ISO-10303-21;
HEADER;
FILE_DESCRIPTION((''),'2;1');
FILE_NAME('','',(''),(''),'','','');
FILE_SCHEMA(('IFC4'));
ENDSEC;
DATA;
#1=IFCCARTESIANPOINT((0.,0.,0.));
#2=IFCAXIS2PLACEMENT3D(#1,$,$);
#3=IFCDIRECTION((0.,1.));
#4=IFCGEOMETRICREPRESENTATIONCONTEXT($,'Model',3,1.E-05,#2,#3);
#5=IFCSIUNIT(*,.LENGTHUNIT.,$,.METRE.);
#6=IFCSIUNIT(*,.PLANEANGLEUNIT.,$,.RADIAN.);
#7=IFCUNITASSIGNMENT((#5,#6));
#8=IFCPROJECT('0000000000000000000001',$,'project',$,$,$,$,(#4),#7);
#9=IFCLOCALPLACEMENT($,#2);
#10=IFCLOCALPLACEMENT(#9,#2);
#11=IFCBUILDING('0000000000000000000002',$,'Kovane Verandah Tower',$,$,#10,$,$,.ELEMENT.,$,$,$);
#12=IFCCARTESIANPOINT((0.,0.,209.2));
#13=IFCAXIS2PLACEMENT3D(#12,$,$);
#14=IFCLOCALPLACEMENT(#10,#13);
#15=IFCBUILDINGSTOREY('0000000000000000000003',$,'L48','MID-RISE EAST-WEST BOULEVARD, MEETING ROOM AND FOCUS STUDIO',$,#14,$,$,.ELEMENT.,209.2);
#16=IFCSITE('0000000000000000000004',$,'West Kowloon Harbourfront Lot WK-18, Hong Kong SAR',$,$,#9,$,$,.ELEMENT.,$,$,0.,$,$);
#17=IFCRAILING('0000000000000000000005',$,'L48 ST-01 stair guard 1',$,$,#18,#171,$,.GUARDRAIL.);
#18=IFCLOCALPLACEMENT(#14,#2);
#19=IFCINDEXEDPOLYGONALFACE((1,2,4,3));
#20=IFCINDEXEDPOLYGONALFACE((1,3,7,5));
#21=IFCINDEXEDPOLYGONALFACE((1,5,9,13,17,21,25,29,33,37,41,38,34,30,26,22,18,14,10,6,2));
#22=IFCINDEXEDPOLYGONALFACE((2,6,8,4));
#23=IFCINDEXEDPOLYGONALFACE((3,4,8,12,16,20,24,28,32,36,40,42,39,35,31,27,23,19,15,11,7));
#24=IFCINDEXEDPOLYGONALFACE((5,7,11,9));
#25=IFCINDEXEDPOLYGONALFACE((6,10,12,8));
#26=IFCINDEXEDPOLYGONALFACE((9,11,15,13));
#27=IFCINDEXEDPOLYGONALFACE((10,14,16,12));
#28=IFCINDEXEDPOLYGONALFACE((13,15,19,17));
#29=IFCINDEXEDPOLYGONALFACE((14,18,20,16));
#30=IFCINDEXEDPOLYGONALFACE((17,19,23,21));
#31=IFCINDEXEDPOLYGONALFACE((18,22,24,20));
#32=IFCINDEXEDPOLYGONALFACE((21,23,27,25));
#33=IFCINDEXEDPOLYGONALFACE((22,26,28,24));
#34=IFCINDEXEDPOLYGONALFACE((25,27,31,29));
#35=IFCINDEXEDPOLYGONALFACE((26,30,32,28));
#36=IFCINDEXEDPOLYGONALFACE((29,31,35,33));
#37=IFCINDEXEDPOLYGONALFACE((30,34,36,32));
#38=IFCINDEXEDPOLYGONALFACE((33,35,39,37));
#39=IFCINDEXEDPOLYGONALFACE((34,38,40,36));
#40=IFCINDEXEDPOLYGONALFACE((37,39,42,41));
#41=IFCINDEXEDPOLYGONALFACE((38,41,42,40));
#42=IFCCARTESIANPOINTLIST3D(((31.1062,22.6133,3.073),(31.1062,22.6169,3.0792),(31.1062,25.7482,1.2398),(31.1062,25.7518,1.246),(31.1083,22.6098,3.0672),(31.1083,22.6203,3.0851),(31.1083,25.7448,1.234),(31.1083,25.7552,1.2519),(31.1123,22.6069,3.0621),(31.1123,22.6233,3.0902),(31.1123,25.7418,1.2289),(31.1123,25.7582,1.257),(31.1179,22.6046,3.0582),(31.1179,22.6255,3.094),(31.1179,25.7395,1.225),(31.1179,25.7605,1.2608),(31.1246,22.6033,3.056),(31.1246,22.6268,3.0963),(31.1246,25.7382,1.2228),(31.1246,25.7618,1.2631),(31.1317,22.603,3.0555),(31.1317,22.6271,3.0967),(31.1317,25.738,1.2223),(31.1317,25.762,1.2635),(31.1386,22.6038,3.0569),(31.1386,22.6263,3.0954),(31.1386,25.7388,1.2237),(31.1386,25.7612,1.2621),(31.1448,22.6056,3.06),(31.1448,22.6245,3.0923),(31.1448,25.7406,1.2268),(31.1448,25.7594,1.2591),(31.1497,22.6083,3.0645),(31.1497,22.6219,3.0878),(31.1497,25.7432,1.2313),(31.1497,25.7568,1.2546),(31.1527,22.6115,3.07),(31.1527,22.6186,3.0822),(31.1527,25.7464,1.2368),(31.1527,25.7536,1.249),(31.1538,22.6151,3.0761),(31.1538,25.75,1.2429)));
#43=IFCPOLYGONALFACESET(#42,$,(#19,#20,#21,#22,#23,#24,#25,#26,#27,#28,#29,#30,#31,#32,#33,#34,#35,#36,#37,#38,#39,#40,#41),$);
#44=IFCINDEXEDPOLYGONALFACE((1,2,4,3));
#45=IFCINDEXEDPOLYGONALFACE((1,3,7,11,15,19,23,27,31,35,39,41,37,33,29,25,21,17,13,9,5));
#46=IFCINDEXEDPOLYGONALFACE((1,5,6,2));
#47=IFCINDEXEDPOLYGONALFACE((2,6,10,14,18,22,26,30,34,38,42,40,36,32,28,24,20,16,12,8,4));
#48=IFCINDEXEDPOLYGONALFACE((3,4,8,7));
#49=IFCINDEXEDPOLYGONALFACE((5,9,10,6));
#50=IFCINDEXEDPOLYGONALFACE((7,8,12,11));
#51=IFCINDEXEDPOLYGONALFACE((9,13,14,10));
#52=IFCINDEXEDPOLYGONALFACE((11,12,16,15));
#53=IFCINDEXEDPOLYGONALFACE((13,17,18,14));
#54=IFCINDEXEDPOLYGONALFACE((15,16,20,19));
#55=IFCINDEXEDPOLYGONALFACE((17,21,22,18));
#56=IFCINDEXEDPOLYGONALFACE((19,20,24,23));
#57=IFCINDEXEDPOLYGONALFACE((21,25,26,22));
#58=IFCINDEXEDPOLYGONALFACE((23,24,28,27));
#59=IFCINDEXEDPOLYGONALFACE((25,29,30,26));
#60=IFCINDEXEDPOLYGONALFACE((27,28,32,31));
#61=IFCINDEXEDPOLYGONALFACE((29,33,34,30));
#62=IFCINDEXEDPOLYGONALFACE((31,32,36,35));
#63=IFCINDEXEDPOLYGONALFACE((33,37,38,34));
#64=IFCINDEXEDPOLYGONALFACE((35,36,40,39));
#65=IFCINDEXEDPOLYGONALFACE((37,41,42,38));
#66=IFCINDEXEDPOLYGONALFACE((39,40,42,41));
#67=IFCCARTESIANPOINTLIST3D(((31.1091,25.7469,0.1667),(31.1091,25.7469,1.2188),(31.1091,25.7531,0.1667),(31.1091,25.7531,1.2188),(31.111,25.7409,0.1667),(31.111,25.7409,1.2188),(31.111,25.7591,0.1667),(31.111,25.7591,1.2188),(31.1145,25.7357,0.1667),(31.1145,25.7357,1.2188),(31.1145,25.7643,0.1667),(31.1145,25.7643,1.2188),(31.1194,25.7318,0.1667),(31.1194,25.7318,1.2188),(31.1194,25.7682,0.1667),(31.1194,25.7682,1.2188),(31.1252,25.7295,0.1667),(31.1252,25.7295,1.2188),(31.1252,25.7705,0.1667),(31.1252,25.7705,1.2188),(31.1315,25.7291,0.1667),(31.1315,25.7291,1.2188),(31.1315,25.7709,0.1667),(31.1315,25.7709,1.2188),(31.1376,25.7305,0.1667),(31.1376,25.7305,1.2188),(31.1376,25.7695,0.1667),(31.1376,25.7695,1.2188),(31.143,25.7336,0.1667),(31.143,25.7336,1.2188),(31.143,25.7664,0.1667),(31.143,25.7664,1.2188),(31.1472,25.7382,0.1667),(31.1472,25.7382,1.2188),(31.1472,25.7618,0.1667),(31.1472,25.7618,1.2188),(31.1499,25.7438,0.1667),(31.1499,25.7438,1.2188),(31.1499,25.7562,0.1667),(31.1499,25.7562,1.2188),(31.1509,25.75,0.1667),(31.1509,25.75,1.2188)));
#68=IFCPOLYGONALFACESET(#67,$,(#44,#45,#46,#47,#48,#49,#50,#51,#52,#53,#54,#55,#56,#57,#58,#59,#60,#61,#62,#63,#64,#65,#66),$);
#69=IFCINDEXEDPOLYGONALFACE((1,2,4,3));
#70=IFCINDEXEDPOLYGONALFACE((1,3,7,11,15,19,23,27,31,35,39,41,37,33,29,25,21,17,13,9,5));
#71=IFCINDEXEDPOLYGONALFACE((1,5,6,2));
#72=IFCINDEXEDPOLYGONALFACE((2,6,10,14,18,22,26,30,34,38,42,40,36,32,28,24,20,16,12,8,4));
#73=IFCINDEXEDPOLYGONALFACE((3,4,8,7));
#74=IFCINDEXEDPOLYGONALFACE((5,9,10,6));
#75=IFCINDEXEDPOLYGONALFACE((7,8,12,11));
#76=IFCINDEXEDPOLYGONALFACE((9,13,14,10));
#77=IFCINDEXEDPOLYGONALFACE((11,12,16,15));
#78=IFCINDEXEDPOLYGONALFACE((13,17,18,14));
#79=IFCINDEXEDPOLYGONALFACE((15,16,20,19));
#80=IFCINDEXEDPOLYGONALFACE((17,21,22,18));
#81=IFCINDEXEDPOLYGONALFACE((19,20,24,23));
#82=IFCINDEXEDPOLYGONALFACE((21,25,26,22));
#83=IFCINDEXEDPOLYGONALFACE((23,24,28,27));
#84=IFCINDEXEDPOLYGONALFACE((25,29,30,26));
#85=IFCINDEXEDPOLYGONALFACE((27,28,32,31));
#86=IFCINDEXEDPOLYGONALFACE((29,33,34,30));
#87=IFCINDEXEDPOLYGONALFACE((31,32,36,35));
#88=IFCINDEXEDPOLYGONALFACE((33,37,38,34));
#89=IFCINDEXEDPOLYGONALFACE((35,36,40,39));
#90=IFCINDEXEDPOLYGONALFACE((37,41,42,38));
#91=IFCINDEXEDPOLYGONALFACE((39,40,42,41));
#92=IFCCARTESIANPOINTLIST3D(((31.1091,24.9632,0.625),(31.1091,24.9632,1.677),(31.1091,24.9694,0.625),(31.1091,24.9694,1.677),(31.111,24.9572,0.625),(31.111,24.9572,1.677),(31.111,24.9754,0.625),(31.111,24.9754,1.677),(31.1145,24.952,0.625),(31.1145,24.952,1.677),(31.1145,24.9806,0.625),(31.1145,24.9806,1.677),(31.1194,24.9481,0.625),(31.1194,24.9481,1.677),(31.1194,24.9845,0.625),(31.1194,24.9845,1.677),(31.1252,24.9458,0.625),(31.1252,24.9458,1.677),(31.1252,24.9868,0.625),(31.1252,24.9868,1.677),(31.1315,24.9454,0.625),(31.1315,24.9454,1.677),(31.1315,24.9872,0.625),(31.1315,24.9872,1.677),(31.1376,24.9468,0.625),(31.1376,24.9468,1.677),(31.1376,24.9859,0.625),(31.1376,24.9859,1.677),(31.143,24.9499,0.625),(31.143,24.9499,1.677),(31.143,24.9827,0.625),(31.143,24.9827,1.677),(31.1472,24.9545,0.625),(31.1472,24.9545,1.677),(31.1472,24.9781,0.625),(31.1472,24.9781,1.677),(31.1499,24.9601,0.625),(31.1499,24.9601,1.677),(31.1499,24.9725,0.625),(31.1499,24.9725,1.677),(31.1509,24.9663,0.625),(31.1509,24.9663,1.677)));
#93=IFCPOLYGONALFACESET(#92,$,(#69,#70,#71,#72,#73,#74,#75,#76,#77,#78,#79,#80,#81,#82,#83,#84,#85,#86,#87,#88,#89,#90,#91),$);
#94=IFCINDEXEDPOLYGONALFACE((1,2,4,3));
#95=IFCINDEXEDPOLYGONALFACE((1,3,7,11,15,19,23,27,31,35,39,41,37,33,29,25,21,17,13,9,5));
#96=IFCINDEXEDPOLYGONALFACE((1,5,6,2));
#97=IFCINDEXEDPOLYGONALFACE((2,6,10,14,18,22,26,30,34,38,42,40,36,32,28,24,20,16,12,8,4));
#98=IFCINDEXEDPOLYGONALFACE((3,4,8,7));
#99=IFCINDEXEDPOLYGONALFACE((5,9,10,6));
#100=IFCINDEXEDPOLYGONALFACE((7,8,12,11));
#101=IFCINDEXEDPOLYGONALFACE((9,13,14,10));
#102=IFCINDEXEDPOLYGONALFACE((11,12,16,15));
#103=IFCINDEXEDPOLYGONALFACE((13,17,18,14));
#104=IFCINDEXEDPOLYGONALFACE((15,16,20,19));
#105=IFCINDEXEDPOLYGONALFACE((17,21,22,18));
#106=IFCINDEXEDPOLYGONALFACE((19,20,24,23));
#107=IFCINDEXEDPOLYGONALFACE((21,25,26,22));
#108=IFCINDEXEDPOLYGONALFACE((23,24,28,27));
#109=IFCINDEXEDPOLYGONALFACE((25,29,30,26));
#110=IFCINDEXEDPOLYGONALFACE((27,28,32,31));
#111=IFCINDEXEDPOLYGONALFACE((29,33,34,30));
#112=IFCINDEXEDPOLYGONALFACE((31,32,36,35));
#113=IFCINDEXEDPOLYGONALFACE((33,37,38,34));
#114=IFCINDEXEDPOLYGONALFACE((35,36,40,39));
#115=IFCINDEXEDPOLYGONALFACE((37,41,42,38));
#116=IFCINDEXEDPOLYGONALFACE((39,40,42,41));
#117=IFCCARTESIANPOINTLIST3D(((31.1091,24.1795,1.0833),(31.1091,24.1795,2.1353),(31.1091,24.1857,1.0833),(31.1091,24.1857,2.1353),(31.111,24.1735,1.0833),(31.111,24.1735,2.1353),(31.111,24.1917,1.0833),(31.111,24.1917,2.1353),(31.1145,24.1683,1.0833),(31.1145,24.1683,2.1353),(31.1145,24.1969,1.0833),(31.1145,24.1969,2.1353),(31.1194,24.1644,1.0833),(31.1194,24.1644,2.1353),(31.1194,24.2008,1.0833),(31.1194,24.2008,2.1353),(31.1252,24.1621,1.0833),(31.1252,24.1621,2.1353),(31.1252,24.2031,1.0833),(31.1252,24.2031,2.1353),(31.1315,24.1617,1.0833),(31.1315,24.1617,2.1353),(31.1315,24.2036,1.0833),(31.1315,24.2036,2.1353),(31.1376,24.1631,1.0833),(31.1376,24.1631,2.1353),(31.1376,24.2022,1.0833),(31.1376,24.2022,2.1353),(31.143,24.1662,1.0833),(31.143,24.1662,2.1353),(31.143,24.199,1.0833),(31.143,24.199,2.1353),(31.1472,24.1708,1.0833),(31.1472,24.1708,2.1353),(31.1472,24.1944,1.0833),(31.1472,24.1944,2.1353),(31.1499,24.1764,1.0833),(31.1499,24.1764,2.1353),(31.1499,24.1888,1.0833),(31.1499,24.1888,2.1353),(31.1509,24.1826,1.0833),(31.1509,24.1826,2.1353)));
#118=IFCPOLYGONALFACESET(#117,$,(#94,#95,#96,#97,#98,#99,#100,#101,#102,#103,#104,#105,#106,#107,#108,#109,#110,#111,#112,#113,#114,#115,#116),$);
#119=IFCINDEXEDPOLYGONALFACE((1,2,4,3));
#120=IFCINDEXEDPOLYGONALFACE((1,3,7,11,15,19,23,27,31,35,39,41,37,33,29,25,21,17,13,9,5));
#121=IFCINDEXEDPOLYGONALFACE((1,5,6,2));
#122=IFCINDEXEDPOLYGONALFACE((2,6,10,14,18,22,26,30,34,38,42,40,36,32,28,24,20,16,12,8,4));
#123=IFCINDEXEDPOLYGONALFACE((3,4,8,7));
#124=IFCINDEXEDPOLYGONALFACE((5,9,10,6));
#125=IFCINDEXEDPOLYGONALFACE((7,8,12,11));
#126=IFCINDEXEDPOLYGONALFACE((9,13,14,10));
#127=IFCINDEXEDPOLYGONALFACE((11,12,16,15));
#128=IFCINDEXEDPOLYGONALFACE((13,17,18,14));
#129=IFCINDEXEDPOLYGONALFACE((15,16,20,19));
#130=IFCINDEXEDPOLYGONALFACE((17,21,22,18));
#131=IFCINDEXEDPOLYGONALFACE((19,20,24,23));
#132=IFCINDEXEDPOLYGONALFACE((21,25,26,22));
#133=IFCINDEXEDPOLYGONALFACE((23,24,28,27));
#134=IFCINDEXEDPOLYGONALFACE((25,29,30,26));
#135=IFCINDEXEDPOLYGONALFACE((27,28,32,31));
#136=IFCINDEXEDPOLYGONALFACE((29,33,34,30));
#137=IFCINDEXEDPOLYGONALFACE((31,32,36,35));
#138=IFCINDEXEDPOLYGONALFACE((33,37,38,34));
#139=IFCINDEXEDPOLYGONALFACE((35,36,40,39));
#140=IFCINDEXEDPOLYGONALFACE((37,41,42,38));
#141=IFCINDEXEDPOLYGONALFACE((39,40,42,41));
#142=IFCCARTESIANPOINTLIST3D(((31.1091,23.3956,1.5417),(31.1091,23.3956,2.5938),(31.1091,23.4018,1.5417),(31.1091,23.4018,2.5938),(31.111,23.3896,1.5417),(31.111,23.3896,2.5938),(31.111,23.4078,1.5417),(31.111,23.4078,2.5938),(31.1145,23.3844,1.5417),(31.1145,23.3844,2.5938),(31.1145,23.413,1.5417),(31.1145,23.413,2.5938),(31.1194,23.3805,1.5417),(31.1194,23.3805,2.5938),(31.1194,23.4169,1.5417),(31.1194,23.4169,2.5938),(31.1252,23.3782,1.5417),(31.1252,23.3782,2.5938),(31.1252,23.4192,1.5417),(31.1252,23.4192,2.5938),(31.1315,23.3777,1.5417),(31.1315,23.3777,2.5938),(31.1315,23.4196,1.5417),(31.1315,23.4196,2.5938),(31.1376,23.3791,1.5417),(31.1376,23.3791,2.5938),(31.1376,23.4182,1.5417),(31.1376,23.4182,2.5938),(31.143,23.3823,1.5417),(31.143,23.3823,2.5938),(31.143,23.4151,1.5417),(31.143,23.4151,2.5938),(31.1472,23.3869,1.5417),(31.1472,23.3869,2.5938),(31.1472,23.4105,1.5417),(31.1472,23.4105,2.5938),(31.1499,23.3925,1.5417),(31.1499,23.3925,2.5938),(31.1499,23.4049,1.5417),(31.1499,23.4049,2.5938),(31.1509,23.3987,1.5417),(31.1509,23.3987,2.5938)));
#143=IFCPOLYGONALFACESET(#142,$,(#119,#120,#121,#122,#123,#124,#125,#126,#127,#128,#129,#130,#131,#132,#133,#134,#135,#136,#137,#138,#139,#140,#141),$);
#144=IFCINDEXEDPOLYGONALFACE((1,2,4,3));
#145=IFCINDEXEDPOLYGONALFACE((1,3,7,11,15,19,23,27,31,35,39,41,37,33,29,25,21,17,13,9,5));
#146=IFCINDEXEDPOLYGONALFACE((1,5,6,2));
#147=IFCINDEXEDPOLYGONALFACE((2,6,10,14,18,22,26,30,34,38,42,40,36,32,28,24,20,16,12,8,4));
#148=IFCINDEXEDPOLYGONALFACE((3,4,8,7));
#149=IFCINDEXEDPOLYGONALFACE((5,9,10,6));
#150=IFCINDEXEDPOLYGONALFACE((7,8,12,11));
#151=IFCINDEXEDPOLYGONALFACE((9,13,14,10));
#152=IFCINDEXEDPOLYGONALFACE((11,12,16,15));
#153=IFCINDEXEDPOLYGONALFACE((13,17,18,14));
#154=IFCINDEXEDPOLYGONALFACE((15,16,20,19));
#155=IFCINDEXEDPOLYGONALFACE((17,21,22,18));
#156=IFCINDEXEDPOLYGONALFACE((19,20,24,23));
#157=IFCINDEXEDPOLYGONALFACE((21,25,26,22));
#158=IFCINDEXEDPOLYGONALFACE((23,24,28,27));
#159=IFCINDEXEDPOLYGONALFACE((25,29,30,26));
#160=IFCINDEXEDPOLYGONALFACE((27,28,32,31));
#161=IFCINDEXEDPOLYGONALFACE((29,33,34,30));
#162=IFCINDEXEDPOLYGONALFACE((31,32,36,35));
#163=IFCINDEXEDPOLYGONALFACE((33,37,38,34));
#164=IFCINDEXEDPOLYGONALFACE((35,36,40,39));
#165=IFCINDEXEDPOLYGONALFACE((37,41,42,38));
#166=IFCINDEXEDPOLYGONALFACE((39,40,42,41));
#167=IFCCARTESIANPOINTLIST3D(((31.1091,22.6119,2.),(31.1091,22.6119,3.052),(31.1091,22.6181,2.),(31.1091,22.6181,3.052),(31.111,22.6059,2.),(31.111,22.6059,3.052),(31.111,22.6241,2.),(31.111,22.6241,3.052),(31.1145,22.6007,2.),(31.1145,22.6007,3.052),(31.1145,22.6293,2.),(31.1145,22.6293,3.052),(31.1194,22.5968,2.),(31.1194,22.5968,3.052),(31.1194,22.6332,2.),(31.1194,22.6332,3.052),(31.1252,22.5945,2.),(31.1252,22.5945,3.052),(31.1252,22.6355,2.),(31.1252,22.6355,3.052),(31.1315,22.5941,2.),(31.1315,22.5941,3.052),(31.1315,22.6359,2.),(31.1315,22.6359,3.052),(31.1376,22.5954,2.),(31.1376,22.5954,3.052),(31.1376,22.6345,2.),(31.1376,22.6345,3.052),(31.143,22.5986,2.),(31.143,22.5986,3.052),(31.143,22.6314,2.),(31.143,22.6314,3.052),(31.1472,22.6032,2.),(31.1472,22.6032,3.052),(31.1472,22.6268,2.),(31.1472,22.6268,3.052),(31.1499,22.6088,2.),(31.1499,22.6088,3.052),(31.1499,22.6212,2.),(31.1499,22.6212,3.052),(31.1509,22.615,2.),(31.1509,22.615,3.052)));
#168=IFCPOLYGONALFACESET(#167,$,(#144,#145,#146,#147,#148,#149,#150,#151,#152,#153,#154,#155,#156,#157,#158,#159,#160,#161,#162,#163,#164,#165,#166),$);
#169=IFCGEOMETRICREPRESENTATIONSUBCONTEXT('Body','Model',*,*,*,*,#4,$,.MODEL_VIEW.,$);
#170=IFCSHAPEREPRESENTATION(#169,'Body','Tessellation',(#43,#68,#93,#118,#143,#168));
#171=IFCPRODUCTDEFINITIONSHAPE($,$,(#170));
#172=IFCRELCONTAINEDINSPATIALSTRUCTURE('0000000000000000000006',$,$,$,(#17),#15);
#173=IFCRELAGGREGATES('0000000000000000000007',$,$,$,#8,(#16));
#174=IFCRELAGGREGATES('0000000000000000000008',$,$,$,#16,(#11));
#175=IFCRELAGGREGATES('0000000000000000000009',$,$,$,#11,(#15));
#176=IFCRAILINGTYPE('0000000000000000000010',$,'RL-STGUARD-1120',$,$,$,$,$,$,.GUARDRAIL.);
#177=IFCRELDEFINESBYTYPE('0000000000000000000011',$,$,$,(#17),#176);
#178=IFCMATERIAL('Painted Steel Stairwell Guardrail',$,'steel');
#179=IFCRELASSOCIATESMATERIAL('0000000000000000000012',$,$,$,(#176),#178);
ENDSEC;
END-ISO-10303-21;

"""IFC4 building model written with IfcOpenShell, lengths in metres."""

from ifc_helpers import new_model, si_unit, direction, frame, origin, origin_2d, place, context, subcontext, project, spatial, circle, extrude, material, type_object, element, save


model = new_model("IFC4")

# Units and contexts
model_context = context("Model", 3, precision=1e-05, world=origin(), true_north=direction((0.0, 1.0)))
body_context = subcontext(model_context, "Body", "Model", "MODEL_VIEW")
ifc_project = project(units=[si_unit("LENGTHUNIT", "METRE"), si_unit("PLANEANGLEUNIT", "RADIAN")], contexts=[model_context])

# Site, building, storey
site_placement = place(None, origin())
site = spatial("IfcSite", under=ifc_project, at=site_placement, Name="West Kowloon Harbourfront Lot WK-18, Hong Kong SAR", CompositionType="ELEMENT", RefElevation=0.0)
building_placement = place(site_placement, origin())
building = spatial("IfcBuilding", under=site, at=building_placement, Name="Kovane Verandah Tower", CompositionType="ELEMENT")
storey_placement = place(building_placement, frame((0.0, 0.0, 209.2)))
storey = spatial("IfcBuildingStorey", under=building, at=storey_placement, Name="L48", Description="MID-RISE EAST-WEST BOULEVARD, MEETING ROOM AND FOCUS STUDIO", CompositionType="ELEMENT", Elevation=209.2)

# Railing
ifc_material_1 = material(Name="Painted Steel Stairwell Guardrail", Category="steel")
railing_type_1 = type_object("IfcRailingType", Name="RL-STGUARD-1120", PredefinedType="GUARDRAIL", material=ifc_material_1)
railing_1_placement = place(storey_placement, frame((31.1299, 25.75, 0.1667)))
element("IfcRailing", 1, at=railing_1_placement, inside=storey, type_object=railing_type_1, Name="L48 ST-01 stair guard 1", PredefinedType="GUARDRAIL", context=body_context, shape_type="SweptSolid", body=[
    extrude(circle(Radius=0.0239, at=origin_2d()), frame((0.0, 0.0, 1.0762), z_axis=(0.0, -0.86324, 0.504794), x_axis=(1.0, 0.0, 0.0)), (0.0, 0.0, 1.0), 3.6316),
    extrude(circle(Radius=0.021, at=origin_2d()), origin(), (0.0, 0.0, 1.0), 1.052),
    extrude(circle(Radius=0.021, at=origin_2d()), frame((0.0, -0.7837, 0.4583)), (0.0, 0.0, 1.0), 1.052),
    extrude(circle(Radius=0.021, at=origin_2d()), frame((0.0, -1.5674, 0.9165)), (0.0, 0.0, 1.0), 1.052),
    extrude(circle(Radius=0.021, at=origin_2d()), frame((0.0, -2.3513, 1.375)), (0.0, 0.0, 1.0), 1.052),
    extrude(circle(Radius=0.021, at=origin_2d()), frame((0.0, -3.135, 1.8333)), (0.0, 0.0, 1.0), 1.052),
])

save(model, "model.ifc")
